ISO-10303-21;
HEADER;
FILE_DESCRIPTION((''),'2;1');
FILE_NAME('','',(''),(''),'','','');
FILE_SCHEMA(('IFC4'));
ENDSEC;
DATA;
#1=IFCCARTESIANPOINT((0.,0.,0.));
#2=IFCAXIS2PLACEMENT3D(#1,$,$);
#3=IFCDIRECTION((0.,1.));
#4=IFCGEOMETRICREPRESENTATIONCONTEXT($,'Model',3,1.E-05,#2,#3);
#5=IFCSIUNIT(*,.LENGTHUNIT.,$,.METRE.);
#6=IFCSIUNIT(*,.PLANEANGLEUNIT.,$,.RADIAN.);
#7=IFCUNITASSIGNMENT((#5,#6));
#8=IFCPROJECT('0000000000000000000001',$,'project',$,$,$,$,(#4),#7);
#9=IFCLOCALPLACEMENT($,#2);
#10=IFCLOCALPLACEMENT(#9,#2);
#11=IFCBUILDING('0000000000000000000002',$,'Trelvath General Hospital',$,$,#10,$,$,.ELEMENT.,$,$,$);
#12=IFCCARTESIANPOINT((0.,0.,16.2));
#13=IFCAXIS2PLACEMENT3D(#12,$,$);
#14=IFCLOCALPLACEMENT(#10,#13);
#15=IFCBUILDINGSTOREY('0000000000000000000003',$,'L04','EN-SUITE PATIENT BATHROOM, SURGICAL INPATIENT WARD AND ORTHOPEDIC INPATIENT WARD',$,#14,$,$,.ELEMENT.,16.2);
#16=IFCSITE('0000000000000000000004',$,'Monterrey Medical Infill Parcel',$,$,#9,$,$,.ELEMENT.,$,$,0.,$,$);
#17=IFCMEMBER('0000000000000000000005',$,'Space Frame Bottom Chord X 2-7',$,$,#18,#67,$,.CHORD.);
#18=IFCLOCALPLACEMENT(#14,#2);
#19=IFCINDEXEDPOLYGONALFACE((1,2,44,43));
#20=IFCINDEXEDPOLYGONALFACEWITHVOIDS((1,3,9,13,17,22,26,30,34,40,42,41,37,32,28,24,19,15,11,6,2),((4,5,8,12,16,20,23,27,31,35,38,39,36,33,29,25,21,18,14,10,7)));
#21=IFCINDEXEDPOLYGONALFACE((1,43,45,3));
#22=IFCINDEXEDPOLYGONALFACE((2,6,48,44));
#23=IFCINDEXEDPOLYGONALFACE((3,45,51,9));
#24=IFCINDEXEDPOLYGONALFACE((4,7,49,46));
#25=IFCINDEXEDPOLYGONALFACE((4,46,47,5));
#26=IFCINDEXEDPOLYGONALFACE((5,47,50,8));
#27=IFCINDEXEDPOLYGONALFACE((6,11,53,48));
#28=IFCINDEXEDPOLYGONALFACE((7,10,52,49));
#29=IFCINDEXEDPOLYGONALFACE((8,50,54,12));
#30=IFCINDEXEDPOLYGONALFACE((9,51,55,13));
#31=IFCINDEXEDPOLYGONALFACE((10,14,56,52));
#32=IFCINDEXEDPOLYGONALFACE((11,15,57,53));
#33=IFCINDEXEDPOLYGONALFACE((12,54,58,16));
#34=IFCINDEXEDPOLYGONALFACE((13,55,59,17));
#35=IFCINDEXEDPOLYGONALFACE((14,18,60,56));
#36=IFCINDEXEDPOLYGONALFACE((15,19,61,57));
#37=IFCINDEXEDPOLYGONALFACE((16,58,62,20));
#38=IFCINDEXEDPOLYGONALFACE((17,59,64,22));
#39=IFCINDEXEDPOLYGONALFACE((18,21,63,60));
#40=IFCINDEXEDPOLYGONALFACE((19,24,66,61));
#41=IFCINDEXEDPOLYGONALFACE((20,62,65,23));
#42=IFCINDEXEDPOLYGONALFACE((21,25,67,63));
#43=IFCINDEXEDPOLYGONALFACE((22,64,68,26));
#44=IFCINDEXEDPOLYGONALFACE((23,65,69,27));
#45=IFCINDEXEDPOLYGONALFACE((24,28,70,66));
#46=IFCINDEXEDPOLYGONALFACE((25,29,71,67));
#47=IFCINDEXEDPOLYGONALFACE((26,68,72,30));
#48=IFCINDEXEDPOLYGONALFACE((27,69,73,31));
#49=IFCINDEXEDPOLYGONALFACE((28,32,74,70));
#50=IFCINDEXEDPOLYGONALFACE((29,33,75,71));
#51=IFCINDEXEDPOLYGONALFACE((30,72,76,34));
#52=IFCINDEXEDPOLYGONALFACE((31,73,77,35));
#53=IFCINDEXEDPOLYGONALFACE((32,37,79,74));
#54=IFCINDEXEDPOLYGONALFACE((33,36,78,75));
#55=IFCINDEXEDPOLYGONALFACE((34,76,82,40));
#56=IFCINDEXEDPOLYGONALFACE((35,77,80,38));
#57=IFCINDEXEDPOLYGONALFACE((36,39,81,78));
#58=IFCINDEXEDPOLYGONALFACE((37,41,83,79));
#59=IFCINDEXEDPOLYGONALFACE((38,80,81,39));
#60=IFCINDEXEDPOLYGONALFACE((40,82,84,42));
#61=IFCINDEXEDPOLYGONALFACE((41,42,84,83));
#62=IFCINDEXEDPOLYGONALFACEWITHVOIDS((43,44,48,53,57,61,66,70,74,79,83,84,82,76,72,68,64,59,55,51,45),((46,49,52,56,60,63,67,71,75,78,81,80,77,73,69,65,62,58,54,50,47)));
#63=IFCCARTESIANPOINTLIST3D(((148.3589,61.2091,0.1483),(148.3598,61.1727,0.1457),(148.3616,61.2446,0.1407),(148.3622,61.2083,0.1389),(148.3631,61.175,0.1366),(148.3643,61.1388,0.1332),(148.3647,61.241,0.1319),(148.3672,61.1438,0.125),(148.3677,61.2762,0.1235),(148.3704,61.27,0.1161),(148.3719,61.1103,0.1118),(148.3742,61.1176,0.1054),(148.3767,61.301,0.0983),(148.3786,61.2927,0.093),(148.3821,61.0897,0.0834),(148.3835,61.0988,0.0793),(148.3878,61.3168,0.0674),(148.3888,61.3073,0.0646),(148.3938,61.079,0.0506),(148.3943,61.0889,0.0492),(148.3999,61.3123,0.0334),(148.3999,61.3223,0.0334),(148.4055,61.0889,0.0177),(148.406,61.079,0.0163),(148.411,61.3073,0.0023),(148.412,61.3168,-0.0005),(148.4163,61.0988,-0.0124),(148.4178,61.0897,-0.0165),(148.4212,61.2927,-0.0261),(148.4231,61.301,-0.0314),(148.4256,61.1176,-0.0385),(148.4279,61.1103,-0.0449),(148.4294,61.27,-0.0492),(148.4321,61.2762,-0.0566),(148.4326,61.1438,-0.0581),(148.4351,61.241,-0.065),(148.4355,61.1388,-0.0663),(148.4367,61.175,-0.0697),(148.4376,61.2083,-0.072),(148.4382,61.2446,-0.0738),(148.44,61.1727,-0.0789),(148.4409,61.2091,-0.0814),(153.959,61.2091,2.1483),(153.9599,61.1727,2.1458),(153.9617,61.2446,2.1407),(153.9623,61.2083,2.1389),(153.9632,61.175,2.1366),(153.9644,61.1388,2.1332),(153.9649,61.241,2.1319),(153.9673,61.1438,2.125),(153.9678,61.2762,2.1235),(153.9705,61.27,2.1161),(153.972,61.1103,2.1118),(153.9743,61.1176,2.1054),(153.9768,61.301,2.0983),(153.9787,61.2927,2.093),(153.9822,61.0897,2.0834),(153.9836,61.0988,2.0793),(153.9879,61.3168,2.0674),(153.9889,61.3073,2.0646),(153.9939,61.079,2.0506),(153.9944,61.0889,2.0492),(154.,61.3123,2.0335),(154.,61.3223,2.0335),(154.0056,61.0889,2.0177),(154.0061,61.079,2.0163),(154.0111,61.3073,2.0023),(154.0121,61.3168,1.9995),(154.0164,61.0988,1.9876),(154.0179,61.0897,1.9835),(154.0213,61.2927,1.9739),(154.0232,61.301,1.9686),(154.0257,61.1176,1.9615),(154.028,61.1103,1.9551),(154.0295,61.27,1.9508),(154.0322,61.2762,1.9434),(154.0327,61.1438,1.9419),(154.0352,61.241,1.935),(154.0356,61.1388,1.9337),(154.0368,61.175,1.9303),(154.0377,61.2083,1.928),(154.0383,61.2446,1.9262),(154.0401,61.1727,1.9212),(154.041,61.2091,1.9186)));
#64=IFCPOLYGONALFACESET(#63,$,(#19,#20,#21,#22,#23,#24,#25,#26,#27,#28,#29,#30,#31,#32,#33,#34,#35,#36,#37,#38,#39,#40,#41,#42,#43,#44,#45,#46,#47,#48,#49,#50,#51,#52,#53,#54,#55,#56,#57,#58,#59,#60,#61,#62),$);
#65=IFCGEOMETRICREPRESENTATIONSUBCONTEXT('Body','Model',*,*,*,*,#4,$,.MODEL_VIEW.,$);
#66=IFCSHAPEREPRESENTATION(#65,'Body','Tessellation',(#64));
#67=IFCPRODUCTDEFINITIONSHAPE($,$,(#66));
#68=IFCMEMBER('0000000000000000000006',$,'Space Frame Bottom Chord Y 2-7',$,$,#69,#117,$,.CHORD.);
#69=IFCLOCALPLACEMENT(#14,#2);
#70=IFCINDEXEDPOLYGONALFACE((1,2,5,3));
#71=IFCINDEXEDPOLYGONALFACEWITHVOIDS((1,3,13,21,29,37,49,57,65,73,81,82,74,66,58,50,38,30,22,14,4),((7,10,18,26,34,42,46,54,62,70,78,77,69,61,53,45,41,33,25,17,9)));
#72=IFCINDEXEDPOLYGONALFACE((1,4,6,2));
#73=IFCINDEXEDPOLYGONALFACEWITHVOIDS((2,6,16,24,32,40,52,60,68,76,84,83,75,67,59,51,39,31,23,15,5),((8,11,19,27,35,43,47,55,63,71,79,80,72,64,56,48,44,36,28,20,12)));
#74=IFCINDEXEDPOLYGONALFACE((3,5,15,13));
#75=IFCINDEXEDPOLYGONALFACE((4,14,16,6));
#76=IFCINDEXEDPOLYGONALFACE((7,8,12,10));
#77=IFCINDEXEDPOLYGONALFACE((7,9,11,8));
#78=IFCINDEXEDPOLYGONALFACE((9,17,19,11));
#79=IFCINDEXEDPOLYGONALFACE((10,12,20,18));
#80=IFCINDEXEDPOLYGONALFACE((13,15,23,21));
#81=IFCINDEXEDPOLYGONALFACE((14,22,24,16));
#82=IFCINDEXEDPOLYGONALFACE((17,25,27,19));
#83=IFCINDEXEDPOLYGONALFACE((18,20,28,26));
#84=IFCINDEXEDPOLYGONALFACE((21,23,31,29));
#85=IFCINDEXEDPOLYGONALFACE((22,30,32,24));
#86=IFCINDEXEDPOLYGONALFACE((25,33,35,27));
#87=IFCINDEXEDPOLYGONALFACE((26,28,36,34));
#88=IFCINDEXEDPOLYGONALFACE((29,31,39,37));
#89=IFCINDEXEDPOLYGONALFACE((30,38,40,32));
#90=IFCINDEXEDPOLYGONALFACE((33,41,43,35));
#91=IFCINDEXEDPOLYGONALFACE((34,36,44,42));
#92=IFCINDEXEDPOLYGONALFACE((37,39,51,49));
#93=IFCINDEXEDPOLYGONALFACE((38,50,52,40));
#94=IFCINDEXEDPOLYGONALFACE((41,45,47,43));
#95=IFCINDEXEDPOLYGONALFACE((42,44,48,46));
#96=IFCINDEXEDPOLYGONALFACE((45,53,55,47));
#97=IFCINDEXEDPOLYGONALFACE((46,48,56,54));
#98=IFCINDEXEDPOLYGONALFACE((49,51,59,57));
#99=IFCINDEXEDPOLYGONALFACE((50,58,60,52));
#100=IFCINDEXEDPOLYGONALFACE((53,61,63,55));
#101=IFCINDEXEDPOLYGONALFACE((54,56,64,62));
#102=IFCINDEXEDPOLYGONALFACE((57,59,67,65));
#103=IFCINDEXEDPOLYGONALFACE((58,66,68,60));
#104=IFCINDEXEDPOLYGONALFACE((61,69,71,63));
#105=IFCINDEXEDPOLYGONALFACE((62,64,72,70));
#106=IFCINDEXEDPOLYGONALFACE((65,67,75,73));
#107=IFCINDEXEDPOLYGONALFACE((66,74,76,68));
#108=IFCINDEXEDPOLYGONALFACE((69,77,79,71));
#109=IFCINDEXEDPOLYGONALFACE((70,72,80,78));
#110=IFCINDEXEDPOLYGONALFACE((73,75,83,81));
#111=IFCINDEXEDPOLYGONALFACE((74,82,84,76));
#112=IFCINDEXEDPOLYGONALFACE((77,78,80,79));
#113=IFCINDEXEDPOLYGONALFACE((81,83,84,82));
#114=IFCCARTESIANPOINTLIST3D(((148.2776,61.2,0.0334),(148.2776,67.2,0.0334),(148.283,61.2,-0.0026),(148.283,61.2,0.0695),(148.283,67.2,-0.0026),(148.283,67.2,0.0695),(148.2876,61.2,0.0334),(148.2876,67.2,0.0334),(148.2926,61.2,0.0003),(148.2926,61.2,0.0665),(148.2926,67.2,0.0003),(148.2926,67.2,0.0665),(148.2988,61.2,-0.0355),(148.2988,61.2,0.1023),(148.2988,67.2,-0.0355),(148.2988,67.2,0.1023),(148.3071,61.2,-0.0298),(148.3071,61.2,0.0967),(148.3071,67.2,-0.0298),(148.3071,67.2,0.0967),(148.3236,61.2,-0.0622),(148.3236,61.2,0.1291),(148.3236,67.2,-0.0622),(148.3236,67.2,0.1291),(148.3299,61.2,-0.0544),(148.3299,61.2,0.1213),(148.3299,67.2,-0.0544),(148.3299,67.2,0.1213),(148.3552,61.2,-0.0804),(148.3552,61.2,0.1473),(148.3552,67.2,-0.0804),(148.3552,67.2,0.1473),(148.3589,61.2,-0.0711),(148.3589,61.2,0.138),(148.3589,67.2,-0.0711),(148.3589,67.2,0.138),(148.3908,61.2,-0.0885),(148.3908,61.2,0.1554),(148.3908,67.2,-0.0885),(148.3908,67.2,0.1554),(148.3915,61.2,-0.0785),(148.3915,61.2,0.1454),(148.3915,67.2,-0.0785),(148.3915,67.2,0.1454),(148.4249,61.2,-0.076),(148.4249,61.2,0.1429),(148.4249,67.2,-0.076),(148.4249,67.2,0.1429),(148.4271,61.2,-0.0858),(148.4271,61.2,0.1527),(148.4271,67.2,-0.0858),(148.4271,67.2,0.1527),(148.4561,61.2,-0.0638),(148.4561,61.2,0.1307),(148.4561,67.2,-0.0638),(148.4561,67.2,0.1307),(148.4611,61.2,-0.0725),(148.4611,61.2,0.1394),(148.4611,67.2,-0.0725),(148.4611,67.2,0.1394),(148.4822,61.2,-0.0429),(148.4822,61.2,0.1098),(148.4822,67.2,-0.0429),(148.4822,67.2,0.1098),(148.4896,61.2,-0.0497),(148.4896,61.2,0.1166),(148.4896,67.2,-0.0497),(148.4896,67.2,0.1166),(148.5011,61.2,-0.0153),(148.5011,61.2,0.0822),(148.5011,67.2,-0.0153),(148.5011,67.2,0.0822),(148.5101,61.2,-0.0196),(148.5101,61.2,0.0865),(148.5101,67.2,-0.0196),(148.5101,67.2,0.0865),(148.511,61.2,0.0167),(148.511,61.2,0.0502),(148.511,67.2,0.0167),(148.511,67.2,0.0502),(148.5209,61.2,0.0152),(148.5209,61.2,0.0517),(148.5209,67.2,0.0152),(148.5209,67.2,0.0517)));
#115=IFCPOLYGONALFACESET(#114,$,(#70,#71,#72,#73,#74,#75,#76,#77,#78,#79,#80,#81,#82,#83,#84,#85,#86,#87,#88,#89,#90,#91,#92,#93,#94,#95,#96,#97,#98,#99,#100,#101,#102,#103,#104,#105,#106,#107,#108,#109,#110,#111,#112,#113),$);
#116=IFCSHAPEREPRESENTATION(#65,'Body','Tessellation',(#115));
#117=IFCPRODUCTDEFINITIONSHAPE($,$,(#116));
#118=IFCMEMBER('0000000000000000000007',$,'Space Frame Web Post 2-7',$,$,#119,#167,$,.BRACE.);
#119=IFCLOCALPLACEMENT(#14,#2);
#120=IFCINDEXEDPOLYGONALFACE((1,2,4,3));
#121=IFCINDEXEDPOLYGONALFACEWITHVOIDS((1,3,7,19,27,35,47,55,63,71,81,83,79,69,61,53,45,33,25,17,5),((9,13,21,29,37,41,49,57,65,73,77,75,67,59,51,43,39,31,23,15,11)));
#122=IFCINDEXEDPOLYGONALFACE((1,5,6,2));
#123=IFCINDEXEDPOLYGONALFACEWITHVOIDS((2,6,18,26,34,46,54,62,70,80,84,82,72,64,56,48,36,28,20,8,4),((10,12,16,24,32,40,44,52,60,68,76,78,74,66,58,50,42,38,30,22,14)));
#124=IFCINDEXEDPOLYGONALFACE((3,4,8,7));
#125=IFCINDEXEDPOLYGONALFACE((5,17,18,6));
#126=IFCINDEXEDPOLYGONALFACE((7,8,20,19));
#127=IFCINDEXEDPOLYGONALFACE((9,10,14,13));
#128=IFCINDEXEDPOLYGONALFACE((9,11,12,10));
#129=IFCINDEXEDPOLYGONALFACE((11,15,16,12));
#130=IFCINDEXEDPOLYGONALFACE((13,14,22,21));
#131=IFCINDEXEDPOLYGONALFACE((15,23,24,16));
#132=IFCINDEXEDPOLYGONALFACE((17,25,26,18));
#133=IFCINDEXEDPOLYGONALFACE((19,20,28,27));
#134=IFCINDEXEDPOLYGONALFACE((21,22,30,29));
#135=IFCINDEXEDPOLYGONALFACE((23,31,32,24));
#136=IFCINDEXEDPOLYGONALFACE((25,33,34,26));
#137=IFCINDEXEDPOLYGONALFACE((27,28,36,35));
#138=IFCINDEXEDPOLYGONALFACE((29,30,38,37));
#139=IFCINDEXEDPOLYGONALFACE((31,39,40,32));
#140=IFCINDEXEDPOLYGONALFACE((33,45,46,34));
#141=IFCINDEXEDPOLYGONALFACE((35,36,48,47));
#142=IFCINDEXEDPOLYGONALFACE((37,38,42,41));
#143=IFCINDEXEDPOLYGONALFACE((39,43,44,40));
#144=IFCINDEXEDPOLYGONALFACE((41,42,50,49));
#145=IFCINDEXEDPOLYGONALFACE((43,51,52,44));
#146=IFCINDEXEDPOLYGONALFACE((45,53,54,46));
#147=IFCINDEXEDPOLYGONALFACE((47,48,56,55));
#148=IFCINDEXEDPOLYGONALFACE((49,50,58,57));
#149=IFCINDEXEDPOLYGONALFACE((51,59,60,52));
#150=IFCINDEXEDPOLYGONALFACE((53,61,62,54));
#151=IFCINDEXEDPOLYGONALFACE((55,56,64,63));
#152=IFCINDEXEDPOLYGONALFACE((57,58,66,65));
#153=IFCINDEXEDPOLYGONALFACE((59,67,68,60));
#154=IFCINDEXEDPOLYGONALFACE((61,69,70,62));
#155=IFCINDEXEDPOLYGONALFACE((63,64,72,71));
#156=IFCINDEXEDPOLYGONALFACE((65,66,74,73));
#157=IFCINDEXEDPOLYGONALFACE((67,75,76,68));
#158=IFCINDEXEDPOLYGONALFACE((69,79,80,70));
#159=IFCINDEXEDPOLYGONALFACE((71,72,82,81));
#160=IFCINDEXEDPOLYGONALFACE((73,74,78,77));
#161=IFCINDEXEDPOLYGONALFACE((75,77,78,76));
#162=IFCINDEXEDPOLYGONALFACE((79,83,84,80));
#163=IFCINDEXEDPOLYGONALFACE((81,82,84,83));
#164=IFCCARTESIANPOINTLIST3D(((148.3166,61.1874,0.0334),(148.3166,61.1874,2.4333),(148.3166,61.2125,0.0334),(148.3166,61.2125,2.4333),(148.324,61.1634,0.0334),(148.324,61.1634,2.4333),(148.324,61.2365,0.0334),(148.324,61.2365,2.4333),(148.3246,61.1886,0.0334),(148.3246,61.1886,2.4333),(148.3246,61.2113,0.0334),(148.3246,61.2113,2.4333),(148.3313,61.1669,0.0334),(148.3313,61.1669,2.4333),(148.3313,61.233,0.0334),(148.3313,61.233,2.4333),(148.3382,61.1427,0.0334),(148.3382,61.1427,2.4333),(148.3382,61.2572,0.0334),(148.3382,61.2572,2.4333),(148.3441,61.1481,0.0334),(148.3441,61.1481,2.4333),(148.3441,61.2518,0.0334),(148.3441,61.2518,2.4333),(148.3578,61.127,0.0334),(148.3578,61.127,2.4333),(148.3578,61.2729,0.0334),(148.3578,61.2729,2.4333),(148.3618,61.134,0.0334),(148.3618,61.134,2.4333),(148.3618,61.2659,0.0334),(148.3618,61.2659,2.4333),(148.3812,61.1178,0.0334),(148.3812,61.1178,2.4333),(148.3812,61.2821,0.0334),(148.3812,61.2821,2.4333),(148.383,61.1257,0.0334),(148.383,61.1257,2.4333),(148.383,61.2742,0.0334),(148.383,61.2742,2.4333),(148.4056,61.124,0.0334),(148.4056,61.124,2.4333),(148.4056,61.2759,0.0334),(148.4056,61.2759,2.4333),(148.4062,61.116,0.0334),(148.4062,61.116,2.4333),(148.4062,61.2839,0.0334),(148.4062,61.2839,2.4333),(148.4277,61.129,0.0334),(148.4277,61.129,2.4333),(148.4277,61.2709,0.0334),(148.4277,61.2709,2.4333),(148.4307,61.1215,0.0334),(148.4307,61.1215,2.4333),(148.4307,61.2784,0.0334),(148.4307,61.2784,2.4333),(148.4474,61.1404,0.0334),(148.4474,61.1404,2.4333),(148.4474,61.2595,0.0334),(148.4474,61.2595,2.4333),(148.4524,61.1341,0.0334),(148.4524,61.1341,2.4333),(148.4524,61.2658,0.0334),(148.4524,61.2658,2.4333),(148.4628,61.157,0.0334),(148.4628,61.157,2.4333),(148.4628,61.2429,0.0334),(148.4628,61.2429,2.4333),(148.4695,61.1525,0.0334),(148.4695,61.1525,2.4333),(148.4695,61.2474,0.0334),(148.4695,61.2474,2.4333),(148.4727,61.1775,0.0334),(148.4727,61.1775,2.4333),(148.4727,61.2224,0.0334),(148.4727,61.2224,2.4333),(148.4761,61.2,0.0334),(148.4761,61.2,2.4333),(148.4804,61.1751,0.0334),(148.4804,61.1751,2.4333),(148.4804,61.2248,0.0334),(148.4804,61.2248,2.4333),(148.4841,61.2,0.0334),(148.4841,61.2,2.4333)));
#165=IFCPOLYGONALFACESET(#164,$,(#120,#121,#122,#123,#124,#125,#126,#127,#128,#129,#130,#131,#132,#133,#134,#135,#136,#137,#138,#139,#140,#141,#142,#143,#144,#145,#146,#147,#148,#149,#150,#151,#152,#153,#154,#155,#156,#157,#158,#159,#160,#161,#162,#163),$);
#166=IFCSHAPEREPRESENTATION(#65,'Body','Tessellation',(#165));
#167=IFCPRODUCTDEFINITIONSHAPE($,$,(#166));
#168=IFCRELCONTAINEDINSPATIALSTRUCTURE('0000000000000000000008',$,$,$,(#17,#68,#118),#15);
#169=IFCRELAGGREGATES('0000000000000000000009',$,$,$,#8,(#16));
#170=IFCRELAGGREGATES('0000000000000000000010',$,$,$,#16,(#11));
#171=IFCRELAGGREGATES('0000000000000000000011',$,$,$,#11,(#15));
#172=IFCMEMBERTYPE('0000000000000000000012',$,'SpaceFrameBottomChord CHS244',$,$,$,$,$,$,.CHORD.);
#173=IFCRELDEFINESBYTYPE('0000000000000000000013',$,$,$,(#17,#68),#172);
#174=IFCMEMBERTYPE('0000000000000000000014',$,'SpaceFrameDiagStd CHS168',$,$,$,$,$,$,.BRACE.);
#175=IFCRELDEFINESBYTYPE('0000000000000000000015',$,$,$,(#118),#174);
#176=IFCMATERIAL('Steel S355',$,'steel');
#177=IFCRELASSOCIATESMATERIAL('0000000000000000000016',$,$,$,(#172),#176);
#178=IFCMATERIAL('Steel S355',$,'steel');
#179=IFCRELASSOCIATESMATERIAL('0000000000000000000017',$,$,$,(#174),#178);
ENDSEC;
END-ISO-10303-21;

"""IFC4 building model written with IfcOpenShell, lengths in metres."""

from ifc_helpers import new_model, si_unit, direction, frame, origin, origin_2d, place, context, subcontext, project, spatial, hollow_circle, extrude, material, material_profile, profile_set, type_object, element, save


model = new_model("IFC4")

# Units and contexts
model_context = context("Model", 3, precision=1e-05, world=origin(), true_north=direction((0.0, 1.0)))
body_context = subcontext(model_context, "Body", "Model", "MODEL_VIEW")
ifc_project = project(units=[si_unit("LENGTHUNIT", "METRE"), si_unit("PLANEANGLEUNIT", "RADIAN")], contexts=[model_context])

# Site, building, storey
site_placement = place(None, origin())
site = spatial("IfcSite", under=ifc_project, at=site_placement, Name="Monterrey Medical Infill Parcel", CompositionType="ELEMENT", RefElevation=0.0)
building_placement = place(site_placement, origin())
building = spatial("IfcBuilding", under=site, at=building_placement, Name="Trelvath General Hospital", CompositionType="ELEMENT")
storey_placement = place(building_placement, frame((0.0, 0.0, 16.2)))
storey = spatial("IfcBuildingStorey", under=building, at=storey_placement, Name="L04", Description="EN-SUITE PATIENT BATHROOM, SURGICAL INPATIENT WARD AND ORTHOPEDIC INPATIENT WARD", CompositionType="ELEMENT", Elevation=16.2)

# Members
ifc_material_1 = material(Name="Steel S355", Category="steel")
ifc_material_profile_1 = material_profile(ifc_material_1, hollow_circle(Radius=0.1223, WallThickness=0.01, at=origin_2d()), Name="CHS244.5x10.0")
ifc_profile_set_1 = profile_set([ifc_material_profile_1], Name="Steel S355")
member_type_1 = type_object("IfcMemberType", Name="SpaceFrameBottomChord CHS244", PredefinedType="CHORD", material=ifc_profile_set_1)
member_1_placement = place(storey_placement, frame((148.3999, 61.2, 0.0334), z_axis=(0.941744, 0.0, 0.336331), x_axis=(0.0, 1.0, 0.0)))
element("IfcMember", 1, at=member_1_placement, inside=storey, type_object=member_type_1, Name="Space Frame Bottom Chord X 2-7", PredefinedType="CHORD", context=body_context, shape_type="SweptSolid", body=[
    extrude(hollow_circle(Radius=0.1223, WallThickness=0.01, at=origin_2d()), origin(), (0.0, 0.0, 1.0), 5.9465),
])
member_2_placement = place(storey_placement, frame((148.3999, 61.2, 0.0334), z_axis=(0.0, 1.0, 0.0), x_axis=(-1.0, 0.0, 0.0)))
element("IfcMember", 2, at=member_2_placement, inside=storey, type_object=member_type_1, Name="Space Frame Bottom Chord Y 2-7", PredefinedType="CHORD", context=body_context, shape_type="SweptSolid", body=[
    extrude(hollow_circle(Radius=0.1223, WallThickness=0.01, at=origin_2d()), origin(), (0.0, 0.0, 1.0), 6.0),
])
ifc_material_2 = material(Name="Steel S355", Category="steel")
ifc_material_profile_2 = material_profile(ifc_material_2, hollow_circle(Radius=0.0842, WallThickness=0.0081, at=origin_2d()), Name="CHS168.3x8.0")
ifc_profile_set_2 = profile_set([ifc_material_profile_2], Name="Steel S355")
member_type_2 = type_object("IfcMemberType", Name="SpaceFrameDiagStd CHS168", PredefinedType="BRACE", material=ifc_profile_set_2)
member_3_placement = place(storey_placement, frame((148.3999, 61.2, 0.0334), z_axis=(0.0, 0.0, 1.0), x_axis=(1.0, 0.0, 0.0)))
element("IfcMember", 3, at=member_3_placement, inside=storey, type_object=member_type_2, Name="Space Frame Web Post 2-7", PredefinedType="BRACE", context=body_context, shape_type="SweptSolid", body=[
    extrude(hollow_circle(Radius=0.0842, WallThickness=0.0081, at=origin_2d()), origin(), (0.0, 0.0, 1.0), 2.3999),
])

save(model, "model.ifc")
